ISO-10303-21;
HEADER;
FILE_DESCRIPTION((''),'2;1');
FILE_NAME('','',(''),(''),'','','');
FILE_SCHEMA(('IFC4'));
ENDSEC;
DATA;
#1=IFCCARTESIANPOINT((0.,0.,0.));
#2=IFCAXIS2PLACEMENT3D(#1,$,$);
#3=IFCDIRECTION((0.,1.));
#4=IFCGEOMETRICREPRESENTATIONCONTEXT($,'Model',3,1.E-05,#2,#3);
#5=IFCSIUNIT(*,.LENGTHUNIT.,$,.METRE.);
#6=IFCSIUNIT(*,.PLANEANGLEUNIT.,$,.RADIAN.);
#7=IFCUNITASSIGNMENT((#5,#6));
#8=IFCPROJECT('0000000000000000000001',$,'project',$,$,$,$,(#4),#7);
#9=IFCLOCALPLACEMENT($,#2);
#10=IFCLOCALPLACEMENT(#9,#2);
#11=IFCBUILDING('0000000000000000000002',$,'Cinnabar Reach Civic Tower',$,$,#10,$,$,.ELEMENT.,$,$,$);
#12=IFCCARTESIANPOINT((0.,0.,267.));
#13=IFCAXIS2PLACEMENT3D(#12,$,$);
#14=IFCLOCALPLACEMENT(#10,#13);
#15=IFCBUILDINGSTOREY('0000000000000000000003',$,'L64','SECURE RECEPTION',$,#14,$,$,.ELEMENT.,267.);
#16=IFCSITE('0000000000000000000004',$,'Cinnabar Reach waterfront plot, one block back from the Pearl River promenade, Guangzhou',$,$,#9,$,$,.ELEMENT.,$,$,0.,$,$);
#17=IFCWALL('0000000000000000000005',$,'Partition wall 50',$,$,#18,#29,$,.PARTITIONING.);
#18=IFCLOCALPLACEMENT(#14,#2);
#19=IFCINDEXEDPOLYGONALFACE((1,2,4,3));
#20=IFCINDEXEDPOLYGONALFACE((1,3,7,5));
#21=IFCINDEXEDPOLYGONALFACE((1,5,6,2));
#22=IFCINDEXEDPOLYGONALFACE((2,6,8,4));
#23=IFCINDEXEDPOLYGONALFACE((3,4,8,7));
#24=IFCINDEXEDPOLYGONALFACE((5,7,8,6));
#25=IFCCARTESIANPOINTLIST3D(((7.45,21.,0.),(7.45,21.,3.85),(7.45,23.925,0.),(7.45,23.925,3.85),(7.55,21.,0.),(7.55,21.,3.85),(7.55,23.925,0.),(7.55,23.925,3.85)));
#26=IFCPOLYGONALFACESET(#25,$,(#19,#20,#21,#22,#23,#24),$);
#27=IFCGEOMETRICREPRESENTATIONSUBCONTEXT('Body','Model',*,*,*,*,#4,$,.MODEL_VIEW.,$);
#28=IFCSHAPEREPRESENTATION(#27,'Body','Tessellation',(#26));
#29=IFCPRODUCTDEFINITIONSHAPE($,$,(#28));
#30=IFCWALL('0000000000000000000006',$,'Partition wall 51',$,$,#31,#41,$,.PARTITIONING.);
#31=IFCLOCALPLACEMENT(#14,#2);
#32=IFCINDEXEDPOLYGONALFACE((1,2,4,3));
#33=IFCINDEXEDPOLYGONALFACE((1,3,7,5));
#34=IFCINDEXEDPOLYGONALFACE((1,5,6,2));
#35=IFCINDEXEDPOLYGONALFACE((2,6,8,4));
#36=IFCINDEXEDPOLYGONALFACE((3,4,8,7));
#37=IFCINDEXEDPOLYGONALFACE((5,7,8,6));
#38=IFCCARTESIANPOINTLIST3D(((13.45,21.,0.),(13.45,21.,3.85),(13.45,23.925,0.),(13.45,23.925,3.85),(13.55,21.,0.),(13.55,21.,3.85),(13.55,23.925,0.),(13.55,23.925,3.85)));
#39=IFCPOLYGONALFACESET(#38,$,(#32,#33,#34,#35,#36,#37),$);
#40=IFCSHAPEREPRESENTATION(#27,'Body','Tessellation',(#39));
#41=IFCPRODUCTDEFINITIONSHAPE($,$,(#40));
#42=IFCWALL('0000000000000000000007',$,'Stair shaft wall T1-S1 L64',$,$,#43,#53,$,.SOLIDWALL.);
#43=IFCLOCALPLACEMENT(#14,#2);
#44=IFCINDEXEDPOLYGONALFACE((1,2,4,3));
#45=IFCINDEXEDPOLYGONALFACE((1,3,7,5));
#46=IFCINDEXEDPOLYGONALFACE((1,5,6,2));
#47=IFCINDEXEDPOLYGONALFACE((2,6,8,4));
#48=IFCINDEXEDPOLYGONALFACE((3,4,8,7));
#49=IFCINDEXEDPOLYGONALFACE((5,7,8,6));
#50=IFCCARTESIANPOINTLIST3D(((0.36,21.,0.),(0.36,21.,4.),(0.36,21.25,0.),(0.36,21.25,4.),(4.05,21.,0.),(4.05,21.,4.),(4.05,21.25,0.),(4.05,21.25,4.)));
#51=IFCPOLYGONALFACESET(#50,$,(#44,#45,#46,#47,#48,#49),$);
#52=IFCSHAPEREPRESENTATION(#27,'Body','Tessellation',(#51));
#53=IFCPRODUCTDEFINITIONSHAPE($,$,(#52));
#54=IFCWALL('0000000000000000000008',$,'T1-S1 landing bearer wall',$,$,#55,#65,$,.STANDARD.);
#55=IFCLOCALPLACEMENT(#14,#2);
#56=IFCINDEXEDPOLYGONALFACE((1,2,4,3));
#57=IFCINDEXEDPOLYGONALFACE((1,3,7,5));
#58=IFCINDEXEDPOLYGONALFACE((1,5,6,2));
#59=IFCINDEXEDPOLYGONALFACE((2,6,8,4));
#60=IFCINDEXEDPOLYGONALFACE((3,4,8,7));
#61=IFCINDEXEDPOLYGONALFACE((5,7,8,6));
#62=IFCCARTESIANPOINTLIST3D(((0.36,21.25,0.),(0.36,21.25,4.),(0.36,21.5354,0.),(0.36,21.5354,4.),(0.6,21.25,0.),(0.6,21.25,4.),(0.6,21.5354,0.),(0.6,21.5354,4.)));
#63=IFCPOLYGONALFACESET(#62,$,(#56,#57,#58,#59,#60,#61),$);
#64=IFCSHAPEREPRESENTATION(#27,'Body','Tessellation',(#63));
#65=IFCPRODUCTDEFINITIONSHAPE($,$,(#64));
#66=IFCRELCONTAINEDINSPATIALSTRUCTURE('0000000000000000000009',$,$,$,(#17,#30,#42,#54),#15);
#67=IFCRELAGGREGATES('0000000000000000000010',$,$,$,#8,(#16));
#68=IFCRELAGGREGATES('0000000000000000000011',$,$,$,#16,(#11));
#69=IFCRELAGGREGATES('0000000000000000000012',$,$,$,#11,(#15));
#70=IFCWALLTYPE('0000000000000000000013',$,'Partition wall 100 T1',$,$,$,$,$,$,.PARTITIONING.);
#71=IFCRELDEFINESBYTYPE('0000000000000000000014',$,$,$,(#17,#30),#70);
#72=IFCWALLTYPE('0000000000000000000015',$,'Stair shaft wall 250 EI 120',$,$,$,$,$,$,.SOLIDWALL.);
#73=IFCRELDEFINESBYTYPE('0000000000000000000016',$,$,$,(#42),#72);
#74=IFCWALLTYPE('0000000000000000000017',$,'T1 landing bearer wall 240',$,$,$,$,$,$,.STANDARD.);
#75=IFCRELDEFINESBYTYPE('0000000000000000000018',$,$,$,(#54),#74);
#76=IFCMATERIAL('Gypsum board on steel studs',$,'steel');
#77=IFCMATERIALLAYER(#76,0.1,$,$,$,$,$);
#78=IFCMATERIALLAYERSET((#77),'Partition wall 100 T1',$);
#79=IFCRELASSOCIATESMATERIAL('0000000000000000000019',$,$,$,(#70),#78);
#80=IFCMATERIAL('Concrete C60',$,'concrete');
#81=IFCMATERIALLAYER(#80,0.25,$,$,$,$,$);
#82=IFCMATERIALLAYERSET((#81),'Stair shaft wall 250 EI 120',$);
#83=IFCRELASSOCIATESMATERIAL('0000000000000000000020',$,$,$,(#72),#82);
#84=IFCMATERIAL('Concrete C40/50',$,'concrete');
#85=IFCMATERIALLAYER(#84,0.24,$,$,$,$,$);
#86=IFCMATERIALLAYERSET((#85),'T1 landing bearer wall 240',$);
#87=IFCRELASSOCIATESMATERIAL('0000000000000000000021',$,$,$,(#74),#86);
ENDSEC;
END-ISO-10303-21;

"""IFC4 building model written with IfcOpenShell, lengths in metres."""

from ifc_helpers import new_model, si_unit, direction, frame, frame_2d, origin, place, context, subcontext, project, spatial, rectangle, extrude, material, layer, layer_set, type_object, element, save


model = new_model("IFC4")

# Units and contexts
model_context = context("Model", 3, precision=1e-05, world=origin(), true_north=direction((0.0, 1.0)))
body_context = subcontext(model_context, "Body", "Model", "MODEL_VIEW")
ifc_project = project(units=[si_unit("LENGTHUNIT", "METRE"), si_unit("PLANEANGLEUNIT", "RADIAN")], contexts=[model_context])

# Site, building, storey
site_placement = place(None, origin())
site = spatial("IfcSite", under=ifc_project, at=site_placement, Name="Cinnabar Reach waterfront plot, one block back from the Pearl River promenade, Guangzhou", CompositionType="ELEMENT", RefElevation=0.0)
building_placement = place(site_placement, origin())
building = spatial("IfcBuilding", under=site, at=building_placement, Name="Cinnabar Reach Civic Tower", CompositionType="ELEMENT")
storey_placement = place(building_placement, frame((0.0, 0.0, 267.0)))
storey = spatial("IfcBuildingStorey", under=building, at=storey_placement, Name="L64", Description="SECURE RECEPTION", CompositionType="ELEMENT", Elevation=267.0)

# Shared definitions
ifc_material_1 = material(Name="Concrete C60", Category="concrete")

# Shared definitions
ifc_material_2 = material(Name="Concrete C40/50", Category="concrete")

# Walls
ifc_material_3 = material(Name="Gypsum board on steel studs", Category="steel")
ifc_layer_1 = layer(ifc_material_3, 0.1)
ifc_layer_set_1 = layer_set([ifc_layer_1], Name="Partition wall 100 T1")
wall_type_1 = type_object("IfcWallType", Name="Partition wall 100 T1", PredefinedType="PARTITIONING", material=ifc_layer_set_1)
for number, where, z_axis, x_axis, name in (
    (1, (7.5, 21.0, 0.0), (0.0, 0.0, 1.0), (0.0, 1.0, 0.0), "Partition wall 50"),
    (2, (13.5, 21.0, 0.0), (0.0, 0.0, 1.0), (0.0, 1.0, 0.0), "Partition wall 51"),
):
    element("IfcWall", number, at=place(storey_placement, frame(where, z_axis=z_axis, x_axis=x_axis)), inside=storey, type_object=wall_type_1, Name=name, PredefinedType="PARTITIONING", context=body_context, shape_type="SweptSolid", body=[
        extrude(rectangle(XDim=2.925, YDim=0.1, at=frame_2d((1.4625, 0.0))), origin(), (0.0, 0.0, 1.0), 3.85),
    ])
ifc_layer_2 = layer(ifc_material_1, 0.25)
ifc_layer_set_2 = layer_set([ifc_layer_2], Name="Stair shaft wall 250 EI 120")
wall_type_2 = type_object("IfcWallType", Name="Stair shaft wall 250 EI 120", PredefinedType="SOLIDWALL", material=ifc_layer_set_2)
wall_1_placement = place(storey_placement, frame((0.36, 21.125, 0.0), z_axis=(0.0, 0.0, 1.0), x_axis=(1.0, 0.0, 0.0)))
element("IfcWall", 3, at=wall_1_placement, inside=storey, type_object=wall_type_2, Name="Stair shaft wall T1-S1 L64", PredefinedType="SOLIDWALL", context=body_context, shape_type="SweptSolid", body=[
    extrude(rectangle(XDim=3.69, YDim=0.25, at=frame_2d((1.845, 0.0))), origin(), (0.0, 0.0, 1.0), 4.0),
])
ifc_layer_3 = layer(ifc_material_2, 0.24)
ifc_layer_set_3 = layer_set([ifc_layer_3], Name="T1 landing bearer wall 240")
wall_type_3 = type_object("IfcWallType", Name="T1 landing bearer wall 240", PredefinedType="STANDARD", material=ifc_layer_set_3)
wall_2_placement = place(storey_placement, frame((0.48, 21.25, 0.0), z_axis=(0.0, 0.0, 1.0), x_axis=(0.0, 1.0, 0.0)))
element("IfcWall", 4, at=wall_2_placement, inside=storey, type_object=wall_type_3, Name="T1-S1 landing bearer wall", PredefinedType="STANDARD", context=body_context, shape_type="SweptSolid", body=[
    extrude(rectangle(XDim=0.2854, YDim=0.24, at=frame_2d((0.1427, 0.0))), origin(), (0.0, 0.0, 1.0), 4.0),
])

save(model, "model.ifc")
